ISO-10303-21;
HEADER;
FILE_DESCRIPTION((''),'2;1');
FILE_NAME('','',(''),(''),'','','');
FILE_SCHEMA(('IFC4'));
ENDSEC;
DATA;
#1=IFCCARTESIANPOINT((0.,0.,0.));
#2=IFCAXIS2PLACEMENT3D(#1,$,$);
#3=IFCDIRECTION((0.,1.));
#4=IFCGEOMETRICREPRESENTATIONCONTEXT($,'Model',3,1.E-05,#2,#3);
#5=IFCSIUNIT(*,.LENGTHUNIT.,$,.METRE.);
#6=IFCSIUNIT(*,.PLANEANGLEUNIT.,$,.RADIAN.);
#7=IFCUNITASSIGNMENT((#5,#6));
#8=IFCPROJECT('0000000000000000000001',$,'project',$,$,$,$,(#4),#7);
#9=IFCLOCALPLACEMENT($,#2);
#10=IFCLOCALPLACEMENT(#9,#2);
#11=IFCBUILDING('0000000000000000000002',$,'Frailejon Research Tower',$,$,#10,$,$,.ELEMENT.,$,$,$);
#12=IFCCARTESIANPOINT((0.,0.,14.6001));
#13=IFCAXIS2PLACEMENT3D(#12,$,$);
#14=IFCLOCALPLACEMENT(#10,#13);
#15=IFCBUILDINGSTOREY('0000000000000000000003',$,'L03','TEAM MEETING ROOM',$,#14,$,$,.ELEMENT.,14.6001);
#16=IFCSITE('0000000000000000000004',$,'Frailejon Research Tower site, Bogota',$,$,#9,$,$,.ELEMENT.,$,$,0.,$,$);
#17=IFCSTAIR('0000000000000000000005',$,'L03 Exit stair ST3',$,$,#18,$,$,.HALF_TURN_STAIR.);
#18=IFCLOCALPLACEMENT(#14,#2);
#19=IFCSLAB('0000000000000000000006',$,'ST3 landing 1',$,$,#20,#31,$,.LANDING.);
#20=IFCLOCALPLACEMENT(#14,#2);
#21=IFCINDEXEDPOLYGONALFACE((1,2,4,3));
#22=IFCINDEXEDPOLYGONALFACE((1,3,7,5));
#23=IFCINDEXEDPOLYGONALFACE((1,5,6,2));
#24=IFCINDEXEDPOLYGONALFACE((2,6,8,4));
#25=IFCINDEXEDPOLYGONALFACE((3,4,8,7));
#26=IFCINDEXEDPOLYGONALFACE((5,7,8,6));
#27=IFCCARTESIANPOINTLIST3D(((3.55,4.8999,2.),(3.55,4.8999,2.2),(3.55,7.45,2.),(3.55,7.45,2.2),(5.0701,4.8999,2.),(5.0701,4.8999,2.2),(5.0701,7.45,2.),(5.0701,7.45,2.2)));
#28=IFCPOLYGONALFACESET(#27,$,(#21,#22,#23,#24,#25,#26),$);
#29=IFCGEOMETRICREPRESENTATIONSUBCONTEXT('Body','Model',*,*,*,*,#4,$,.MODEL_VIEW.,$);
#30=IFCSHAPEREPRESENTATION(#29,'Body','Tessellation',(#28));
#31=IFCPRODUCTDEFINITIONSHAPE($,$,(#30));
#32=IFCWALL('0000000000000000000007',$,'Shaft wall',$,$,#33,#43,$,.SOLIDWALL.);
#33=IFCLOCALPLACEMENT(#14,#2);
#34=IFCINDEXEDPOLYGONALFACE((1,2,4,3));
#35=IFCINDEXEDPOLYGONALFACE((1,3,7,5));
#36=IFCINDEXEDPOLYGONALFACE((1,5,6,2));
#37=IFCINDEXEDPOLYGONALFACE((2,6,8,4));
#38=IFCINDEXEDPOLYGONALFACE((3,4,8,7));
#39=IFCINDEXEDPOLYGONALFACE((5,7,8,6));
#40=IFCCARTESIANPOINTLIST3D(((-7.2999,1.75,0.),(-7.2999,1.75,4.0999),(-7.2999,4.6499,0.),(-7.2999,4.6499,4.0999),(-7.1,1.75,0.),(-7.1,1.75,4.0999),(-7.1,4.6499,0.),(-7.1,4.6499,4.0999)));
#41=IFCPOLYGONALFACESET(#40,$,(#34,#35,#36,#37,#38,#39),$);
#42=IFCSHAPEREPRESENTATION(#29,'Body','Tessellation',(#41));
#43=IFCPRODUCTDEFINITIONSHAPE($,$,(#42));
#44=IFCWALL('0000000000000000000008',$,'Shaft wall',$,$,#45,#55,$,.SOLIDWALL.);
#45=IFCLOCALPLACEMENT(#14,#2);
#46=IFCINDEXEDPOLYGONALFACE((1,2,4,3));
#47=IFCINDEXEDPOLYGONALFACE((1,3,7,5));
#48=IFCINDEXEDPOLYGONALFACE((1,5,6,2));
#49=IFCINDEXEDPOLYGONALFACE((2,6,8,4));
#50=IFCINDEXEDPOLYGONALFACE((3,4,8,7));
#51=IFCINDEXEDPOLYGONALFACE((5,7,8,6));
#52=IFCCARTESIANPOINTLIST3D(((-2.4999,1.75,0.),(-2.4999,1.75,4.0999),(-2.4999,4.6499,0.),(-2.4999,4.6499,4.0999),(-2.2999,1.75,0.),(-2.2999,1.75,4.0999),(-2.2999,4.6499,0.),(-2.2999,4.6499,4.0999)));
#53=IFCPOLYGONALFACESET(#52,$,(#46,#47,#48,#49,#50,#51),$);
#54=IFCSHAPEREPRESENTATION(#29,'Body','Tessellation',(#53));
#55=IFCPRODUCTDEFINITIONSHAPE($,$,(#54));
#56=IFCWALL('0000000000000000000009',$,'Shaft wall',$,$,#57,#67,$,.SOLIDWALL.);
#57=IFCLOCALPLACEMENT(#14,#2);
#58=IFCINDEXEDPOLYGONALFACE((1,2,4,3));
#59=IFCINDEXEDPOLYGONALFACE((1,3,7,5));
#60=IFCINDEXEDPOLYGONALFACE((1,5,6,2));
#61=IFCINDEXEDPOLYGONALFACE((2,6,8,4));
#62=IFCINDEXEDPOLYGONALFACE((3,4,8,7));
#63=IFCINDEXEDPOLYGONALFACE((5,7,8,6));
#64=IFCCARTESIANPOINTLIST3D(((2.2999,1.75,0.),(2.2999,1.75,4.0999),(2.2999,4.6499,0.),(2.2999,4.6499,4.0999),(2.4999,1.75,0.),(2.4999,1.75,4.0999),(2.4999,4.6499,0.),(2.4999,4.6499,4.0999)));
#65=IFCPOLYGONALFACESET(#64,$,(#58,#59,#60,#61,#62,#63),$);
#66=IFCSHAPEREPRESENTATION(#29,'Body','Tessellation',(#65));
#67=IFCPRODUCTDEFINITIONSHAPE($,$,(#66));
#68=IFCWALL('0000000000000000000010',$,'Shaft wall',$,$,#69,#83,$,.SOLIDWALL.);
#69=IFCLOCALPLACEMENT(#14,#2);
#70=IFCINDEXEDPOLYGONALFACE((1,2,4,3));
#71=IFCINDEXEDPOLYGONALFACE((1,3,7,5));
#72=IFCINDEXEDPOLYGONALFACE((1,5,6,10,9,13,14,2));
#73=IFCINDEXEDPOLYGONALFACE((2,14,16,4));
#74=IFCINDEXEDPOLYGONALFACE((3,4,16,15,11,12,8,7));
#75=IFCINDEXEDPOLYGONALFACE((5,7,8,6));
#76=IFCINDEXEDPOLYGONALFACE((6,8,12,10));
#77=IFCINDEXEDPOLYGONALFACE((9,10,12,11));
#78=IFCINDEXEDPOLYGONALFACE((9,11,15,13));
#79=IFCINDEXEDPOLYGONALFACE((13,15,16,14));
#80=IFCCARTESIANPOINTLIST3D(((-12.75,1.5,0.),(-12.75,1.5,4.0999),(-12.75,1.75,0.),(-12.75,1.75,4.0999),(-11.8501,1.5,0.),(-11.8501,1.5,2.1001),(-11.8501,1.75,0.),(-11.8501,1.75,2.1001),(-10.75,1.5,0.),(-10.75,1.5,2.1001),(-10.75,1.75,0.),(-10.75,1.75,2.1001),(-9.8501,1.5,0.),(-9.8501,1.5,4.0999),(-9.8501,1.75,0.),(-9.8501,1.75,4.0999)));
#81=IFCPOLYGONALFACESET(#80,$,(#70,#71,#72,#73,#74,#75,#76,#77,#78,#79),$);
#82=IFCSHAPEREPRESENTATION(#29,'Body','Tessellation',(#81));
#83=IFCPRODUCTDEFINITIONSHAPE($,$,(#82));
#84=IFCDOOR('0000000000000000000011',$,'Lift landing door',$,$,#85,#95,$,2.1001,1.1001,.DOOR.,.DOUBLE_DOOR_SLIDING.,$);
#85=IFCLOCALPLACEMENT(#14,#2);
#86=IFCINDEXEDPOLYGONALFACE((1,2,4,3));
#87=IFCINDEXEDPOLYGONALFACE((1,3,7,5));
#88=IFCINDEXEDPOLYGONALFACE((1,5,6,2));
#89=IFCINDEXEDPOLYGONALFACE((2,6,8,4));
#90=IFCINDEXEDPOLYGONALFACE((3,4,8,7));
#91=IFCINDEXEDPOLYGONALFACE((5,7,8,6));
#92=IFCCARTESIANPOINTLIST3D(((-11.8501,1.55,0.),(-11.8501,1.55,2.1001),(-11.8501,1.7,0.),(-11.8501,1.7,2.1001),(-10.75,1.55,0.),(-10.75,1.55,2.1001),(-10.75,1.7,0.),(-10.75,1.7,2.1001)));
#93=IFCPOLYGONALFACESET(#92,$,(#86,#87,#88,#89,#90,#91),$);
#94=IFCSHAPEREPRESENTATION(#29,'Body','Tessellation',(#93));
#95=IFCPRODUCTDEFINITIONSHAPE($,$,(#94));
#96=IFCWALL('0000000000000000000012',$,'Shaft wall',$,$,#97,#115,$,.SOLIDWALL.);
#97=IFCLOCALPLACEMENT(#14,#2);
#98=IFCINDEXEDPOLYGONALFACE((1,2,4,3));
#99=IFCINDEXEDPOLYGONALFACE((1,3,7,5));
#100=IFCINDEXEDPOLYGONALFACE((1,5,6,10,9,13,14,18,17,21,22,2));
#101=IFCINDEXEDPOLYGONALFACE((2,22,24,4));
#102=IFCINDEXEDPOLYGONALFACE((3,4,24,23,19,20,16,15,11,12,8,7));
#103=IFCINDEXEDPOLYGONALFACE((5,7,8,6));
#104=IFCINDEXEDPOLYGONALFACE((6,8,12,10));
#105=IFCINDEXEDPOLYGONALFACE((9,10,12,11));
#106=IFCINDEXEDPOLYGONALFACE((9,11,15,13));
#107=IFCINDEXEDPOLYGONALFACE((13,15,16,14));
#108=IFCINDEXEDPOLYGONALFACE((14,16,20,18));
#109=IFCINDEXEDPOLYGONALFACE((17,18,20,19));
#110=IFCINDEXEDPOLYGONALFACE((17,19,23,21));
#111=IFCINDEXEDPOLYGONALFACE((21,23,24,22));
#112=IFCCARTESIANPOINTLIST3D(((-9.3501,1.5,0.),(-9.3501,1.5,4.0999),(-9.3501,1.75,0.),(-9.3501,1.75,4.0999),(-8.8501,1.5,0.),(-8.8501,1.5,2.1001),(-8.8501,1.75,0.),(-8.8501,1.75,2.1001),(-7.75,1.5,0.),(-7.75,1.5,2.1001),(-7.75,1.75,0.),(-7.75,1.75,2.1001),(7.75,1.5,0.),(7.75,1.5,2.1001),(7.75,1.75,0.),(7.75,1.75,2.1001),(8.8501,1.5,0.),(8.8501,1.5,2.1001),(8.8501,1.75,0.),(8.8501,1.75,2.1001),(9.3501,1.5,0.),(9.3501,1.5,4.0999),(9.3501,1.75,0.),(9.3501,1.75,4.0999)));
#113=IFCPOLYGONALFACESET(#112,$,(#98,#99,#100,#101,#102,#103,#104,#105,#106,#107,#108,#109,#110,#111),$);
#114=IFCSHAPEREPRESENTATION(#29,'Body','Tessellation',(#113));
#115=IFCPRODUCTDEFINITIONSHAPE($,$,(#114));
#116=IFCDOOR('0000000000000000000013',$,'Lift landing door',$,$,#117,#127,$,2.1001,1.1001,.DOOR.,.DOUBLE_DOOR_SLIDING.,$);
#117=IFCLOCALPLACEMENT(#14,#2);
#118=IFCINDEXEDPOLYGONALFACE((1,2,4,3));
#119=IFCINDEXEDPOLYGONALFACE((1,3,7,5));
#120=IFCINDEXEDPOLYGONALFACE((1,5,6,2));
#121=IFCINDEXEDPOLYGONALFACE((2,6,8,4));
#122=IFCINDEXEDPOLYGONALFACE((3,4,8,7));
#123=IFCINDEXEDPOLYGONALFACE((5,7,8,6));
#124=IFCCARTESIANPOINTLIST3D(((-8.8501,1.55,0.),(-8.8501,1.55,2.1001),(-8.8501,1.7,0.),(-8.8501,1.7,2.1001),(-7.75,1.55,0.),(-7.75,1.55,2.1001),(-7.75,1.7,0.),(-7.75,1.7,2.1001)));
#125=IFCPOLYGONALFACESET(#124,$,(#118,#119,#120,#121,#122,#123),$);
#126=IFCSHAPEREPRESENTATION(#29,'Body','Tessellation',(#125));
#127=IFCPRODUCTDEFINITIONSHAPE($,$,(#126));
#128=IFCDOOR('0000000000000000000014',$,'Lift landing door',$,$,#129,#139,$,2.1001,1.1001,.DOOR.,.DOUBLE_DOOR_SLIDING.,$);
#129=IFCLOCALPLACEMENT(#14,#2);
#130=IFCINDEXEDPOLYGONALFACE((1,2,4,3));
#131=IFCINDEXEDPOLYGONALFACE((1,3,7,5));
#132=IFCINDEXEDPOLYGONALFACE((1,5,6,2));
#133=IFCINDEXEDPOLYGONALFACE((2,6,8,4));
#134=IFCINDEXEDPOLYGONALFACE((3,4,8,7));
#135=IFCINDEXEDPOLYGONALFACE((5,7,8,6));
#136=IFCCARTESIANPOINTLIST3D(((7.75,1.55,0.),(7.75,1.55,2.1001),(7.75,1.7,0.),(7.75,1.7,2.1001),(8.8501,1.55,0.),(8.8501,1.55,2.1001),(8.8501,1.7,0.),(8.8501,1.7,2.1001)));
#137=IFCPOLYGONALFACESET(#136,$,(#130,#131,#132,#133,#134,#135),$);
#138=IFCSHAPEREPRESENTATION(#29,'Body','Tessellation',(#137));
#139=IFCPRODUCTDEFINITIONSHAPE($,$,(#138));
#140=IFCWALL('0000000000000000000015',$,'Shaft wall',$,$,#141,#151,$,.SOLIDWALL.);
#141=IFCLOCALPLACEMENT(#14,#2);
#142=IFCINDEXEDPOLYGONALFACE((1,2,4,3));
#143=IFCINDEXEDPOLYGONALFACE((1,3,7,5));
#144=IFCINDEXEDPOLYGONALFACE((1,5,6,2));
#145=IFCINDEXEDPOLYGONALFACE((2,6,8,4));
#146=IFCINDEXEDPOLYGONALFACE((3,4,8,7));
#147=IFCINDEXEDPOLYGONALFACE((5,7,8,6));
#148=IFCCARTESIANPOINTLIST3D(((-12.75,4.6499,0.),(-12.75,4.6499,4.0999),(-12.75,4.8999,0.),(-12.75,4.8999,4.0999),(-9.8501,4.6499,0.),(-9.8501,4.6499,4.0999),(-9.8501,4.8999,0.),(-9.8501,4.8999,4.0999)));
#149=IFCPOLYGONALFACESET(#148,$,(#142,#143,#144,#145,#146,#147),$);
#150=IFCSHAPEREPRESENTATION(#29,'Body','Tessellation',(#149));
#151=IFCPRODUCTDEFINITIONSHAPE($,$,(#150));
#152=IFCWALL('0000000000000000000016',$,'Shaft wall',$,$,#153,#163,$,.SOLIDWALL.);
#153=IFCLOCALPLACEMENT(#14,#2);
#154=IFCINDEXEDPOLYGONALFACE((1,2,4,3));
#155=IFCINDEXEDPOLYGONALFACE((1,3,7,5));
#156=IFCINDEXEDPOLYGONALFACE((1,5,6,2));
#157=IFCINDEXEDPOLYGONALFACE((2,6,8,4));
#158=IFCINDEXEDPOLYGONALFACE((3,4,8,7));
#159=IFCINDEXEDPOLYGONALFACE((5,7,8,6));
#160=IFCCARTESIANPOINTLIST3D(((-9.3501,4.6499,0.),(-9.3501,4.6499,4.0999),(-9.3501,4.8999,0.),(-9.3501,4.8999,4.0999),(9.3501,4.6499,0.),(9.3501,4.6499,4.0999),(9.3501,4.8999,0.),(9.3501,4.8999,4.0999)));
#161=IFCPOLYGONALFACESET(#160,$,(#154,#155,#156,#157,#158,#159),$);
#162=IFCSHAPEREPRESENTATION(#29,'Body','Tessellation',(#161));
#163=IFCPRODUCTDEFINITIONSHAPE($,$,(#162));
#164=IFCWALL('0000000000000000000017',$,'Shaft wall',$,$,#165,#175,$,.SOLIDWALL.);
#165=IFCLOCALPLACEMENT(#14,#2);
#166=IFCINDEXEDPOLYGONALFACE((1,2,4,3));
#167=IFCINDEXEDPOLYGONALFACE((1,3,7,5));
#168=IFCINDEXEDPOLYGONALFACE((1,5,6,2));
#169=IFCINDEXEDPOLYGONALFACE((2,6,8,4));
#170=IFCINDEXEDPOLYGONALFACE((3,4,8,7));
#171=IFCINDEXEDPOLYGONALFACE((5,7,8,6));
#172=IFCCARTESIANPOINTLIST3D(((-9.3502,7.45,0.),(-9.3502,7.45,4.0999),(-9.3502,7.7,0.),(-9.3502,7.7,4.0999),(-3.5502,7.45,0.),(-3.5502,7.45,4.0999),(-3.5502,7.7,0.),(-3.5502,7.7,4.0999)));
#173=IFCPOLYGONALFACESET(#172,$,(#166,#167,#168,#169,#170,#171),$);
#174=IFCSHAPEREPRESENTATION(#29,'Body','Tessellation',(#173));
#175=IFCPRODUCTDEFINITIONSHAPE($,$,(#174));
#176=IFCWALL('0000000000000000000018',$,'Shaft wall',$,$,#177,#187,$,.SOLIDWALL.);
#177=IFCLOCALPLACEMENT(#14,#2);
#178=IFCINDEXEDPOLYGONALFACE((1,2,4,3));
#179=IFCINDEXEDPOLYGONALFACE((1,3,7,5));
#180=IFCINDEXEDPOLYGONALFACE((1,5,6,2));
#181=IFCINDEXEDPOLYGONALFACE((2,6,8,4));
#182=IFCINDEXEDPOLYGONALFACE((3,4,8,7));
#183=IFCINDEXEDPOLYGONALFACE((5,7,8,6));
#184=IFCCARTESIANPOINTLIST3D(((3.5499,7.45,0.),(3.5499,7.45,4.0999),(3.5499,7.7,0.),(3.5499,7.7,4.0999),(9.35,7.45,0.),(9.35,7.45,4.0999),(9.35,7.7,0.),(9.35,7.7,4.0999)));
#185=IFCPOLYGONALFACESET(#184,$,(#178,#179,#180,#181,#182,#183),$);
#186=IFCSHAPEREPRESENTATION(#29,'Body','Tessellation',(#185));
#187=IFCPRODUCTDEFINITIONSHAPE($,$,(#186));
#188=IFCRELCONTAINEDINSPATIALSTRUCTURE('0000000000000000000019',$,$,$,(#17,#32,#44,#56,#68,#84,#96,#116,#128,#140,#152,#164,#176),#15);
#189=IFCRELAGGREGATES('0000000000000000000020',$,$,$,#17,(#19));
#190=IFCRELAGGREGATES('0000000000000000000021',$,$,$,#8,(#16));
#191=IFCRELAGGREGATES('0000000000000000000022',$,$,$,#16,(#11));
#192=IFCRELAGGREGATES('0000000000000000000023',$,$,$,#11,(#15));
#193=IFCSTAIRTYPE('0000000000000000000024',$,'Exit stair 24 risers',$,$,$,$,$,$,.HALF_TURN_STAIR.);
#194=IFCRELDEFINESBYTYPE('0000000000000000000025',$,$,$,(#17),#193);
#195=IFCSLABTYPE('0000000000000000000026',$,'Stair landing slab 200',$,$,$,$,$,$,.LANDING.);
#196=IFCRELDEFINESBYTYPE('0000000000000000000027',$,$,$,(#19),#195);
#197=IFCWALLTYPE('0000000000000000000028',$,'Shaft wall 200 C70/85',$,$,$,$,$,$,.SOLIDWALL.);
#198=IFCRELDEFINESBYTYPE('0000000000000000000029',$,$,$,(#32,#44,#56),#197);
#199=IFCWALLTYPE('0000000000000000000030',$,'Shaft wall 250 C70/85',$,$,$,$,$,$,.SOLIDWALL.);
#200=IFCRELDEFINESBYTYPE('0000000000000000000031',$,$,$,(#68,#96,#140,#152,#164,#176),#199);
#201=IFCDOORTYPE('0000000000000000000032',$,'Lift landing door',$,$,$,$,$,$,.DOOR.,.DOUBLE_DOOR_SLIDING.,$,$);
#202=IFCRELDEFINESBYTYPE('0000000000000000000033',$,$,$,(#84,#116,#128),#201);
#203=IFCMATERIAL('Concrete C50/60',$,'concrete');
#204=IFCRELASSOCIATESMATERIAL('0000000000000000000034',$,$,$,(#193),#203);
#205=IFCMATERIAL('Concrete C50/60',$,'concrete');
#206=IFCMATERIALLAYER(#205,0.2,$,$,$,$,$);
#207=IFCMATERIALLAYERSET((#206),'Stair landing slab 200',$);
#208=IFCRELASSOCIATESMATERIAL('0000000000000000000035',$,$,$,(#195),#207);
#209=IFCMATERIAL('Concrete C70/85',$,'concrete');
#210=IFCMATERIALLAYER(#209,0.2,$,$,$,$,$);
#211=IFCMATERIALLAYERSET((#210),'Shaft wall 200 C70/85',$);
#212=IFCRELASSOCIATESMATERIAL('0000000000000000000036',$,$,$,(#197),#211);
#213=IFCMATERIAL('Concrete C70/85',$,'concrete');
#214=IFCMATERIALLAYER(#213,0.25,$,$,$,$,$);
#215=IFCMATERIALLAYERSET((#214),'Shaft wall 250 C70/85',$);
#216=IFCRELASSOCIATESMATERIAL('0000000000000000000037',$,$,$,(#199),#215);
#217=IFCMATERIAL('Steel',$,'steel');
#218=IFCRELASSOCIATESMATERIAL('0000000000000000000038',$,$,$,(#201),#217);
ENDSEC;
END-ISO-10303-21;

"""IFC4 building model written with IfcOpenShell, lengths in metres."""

from ifc_helpers import new_model, si_unit, direction, frame, frame_2d, origin, place, context, subcontext, project, spatial, polyline, rectangle, outline, extrude, material, layer, layer_set, type_object, element, fill, aggregate, save


model = new_model("IFC4")

# Units and contexts
model_context = context("Model", 3, precision=1e-05, world=origin(), true_north=direction((0.0, 1.0)))
body_context = subcontext(model_context, "Body", "Model", "MODEL_VIEW")
ifc_project = project(units=[si_unit("LENGTHUNIT", "METRE"), si_unit("PLANEANGLEUNIT", "RADIAN")], contexts=[model_context])

# Site, building, storey
site_placement = place(None, origin())
site = spatial("IfcSite", under=ifc_project, at=site_placement, Name="Frailejon Research Tower site, Bogota", CompositionType="ELEMENT", RefElevation=0.0)
building_placement = place(site_placement, origin())
building = spatial("IfcBuilding", under=site, at=building_placement, Name="Frailejon Research Tower", CompositionType="ELEMENT")
storey_placement = place(building_placement, frame((0.0, 0.0, 14.6001)))
storey = spatial("IfcBuildingStorey", under=building, at=storey_placement, Name="L03", Description="TEAM MEETING ROOM", CompositionType="ELEMENT", Elevation=14.6001)

# Stair, slab
ifc_material_1 = material(Name="Concrete C50/60", Category="concrete")
stair_type = type_object("IfcStairType", Name="Exit stair 24 risers", PredefinedType="HALF_TURN_STAIR", material=ifc_material_1)
ifc_material_2 = material(Name="Concrete C50/60", Category="concrete")
ifc_layer_1 = layer(ifc_material_2, 0.2)
ifc_layer_set_1 = layer_set([ifc_layer_1], Name="Stair landing slab 200")
slab_type_1 = type_object("IfcSlabType", Name="Stair landing slab 200", PredefinedType="LANDING", material=ifc_layer_set_1)
stair_1_placement = place(storey_placement, origin())
stair_1 = element("IfcStair", 1, at=stair_1_placement, inside=storey, type_object=stair_type, Name="L03 Exit stair ST3", PredefinedType="HALF_TURN_STAIR")
slab_1_placement = place(storey_placement, frame((0.0, 0.0, 2.0)))
slab_1 = element("IfcSlab", 2, at=slab_1_placement, type_object=slab_type_1, Name="ST3 landing 1", PredefinedType="LANDING", context=body_context, shape_type="SweptSolid", body=[
    extrude(outline(polyline([(5.0701, 7.45), (3.55, 7.45), (3.55, 4.8999), (5.0701, 4.8999), (5.0701, 7.45)])), origin(), (0.0, 0.0, 1.0), 0.2),
])
aggregate(stair_1, [slab_1])

# Walls
ifc_material_3 = material(Name="Concrete C70/85", Category="concrete")
ifc_layer_2 = layer(ifc_material_3, 0.2)
ifc_layer_set_2 = layer_set([ifc_layer_2], Name="Shaft wall 200 C70/85")
wall_type_1 = type_object("IfcWallType", Name="Shaft wall 200 C70/85", PredefinedType="SOLIDWALL", material=ifc_layer_set_2)
for number, where, z_axis, x_axis, name in (
    (3, (-7.2, 1.75, 0.0), (0.0, 0.0, 1.0), (0.0, 1.0, 0.0), "Shaft wall"),
    (4, (-2.3999, 1.75, 0.0), (0.0, 0.0, 1.0), (0.0, 1.0, 0.0), "Shaft wall"),
    (5, (2.3999, 1.75, 0.0), (0.0, 0.0, 1.0), (0.0, 1.0, 0.0), "Shaft wall"),
):
    element("IfcWall", number, at=place(storey_placement, frame(where, z_axis=z_axis, x_axis=x_axis)), inside=storey, type_object=wall_type_1, Name=name, PredefinedType="SOLIDWALL", context=body_context, shape_type="SweptSolid", body=[
        extrude(rectangle(XDim=2.8999, YDim=0.2, at=frame_2d((1.45, 0.0))), origin(), (0.0, 0.0, 1.0), 4.0999),
    ])

# Wall, opening, door
ifc_material_4 = material(Name="Concrete C70/85", Category="concrete")
ifc_layer_3 = layer(ifc_material_4, 0.25)
ifc_layer_set_3 = layer_set([ifc_layer_3], Name="Shaft wall 250 C70/85")
wall_type_2 = type_object("IfcWallType", Name="Shaft wall 250 C70/85", PredefinedType="SOLIDWALL", material=ifc_layer_set_3)
wall_1_placement = place(storey_placement, frame((-12.75, 1.625, 0.0), z_axis=(0.0, 0.0, 1.0), x_axis=(1.0, 0.0, 0.0)))
wall_1 = element("IfcWall", 6, at=wall_1_placement, inside=storey, type_object=wall_type_2, Name="Shaft wall", PredefinedType="SOLIDWALL", context=body_context, shape_type="SweptSolid", body=[
    extrude(rectangle(XDim=2.8999, YDim=0.25, at=frame_2d((1.45, 0.0))), origin(), (0.0, 0.0, 1.0), 4.0999),
])
opening_1_placement = place(wall_1_placement, frame((0.8999, 0.0, 0.0)))
opening_1 = element("IfcOpeningElement", 7, at=opening_1_placement, cuts=wall_1, PredefinedType="OPENING", context=body_context, shape_type="SweptSolid", body=[
    extrude(rectangle(XDim=1.1001, YDim=2.1001, at=frame_2d((0.55, 1.05))), frame((0.0, 0.135, 0.0), z_axis=(0.0, -1.0, 0.0), x_axis=(1.0, 0.0, 0.0)), (0.0, 0.0, 1.0), 0.27),
])
ifc_material_5 = material(Name="Steel", Category="steel")
door_type_1 = type_object("IfcDoorType", Name="Lift landing door", OperationType="DOUBLE_DOOR_SLIDING", PredefinedType="DOOR", material=ifc_material_5)
door_1_placement = place(opening_1_placement, origin())
door_1 = element("IfcDoor", 8, at=door_1_placement, inside=storey, type_object=door_type_1, Name="Lift landing door", OperationType="DOUBLE_DOOR_SLIDING", OverallHeight=2.1001, OverallWidth=1.1001, PredefinedType="DOOR", context=body_context, shape_type="SweptSolid", body=[
    extrude(rectangle(XDim=1.1001, YDim=2.1001, at=frame_2d((0.55, 1.05))), frame((0.0, 0.075, 0.0), z_axis=(0.0, -1.0, 0.0), x_axis=(1.0, 0.0, 0.0)), (0.0, 0.0, 1.0), 0.1499),
])
fill(opening_1, door_1)

# Wall, openings, doors
wall_2_placement = place(storey_placement, frame((-9.3501, 1.625, 0.0), z_axis=(0.0, 0.0, 1.0), x_axis=(1.0, 0.0, 0.0)))
wall_2 = element("IfcWall", 9, at=wall_2_placement, inside=storey, type_object=wall_type_2, Name="Shaft wall", PredefinedType="SOLIDWALL", context=body_context, shape_type="SweptSolid", body=[
    extrude(rectangle(XDim=18.7002, YDim=0.25, at=frame_2d((9.3501, 0.0))), origin(), (0.0, 0.0, 1.0), 4.0999),
])
opening_2_placement = place(wall_2_placement, frame((0.5, 0.0, 0.0)))
opening_2 = element("IfcOpeningElement", 10, at=opening_2_placement, cuts=wall_2, PredefinedType="OPENING", context=body_context, shape_type="SweptSolid", body=[
    extrude(rectangle(XDim=1.1001, YDim=2.1001, at=frame_2d((0.55, 1.05))), frame((0.0, 0.135, 0.0), z_axis=(0.0, -1.0, 0.0), x_axis=(1.0, 0.0, 0.0)), (0.0, 0.0, 1.0), 0.27),
])
opening_3_placement = place(wall_2_placement, frame((17.1001, 0.0, 0.0)))
opening_3 = element("IfcOpeningElement", 11, at=opening_3_placement, cuts=wall_2, PredefinedType="OPENING", context=body_context, shape_type="SweptSolid", body=[
    extrude(rectangle(XDim=1.1001, YDim=2.1001, at=frame_2d((0.55, 1.05))), frame((0.0, 0.135, 0.0), z_axis=(0.0, -1.0, 0.0), x_axis=(1.0, 0.0, 0.0)), (0.0, 0.0, 1.0), 0.27),
])
door_2_placement = place(opening_2_placement, origin())
door_2 = element("IfcDoor", 12, at=door_2_placement, inside=storey, type_object=door_type_1, Name="Lift landing door", OperationType="DOUBLE_DOOR_SLIDING", OverallHeight=2.1001, OverallWidth=1.1001, PredefinedType="DOOR", context=body_context, shape_type="SweptSolid", body=[
    extrude(rectangle(XDim=1.1001, YDim=2.1001, at=frame_2d((0.55, 1.05))), frame((0.0, 0.075, 0.0), z_axis=(0.0, -1.0, 0.0), x_axis=(1.0, 0.0, 0.0)), (0.0, 0.0, 1.0), 0.1499),
])
fill(opening_2, door_2)
door_3_placement = place(opening_3_placement, origin())
door_3 = element("IfcDoor", 13, at=door_3_placement, inside=storey, type_object=door_type_1, Name="Lift landing door", OperationType="DOUBLE_DOOR_SLIDING", OverallHeight=2.1001, OverallWidth=1.1001, PredefinedType="DOOR", context=body_context, shape_type="SweptSolid", body=[
    extrude(rectangle(XDim=1.1001, YDim=2.1001, at=frame_2d((0.55, 1.05))), frame((0.0, 0.075, 0.0), z_axis=(0.0, -1.0, 0.0), x_axis=(1.0, 0.0, 0.0)), (0.0, 0.0, 1.0), 0.1499),
])
fill(opening_3, door_3)

# Walls
wall_3_placement = place(storey_placement, frame((-12.75, 4.7749, 0.0), z_axis=(0.0, 0.0, 1.0), x_axis=(1.0, 0.0, 0.0)))
element("IfcWall", 14, at=wall_3_placement, inside=storey, type_object=wall_type_2, Name="Shaft wall", PredefinedType="SOLIDWALL", context=body_context, shape_type="SweptSolid", body=[
    extrude(rectangle(XDim=2.8999, YDim=0.25, at=frame_2d((1.45, 0.0))), origin(), (0.0, 0.0, 1.0), 4.0999),
])
wall_4_placement = place(storey_placement, frame((-9.3501, 4.7749, 0.0), z_axis=(0.0, 0.0, 1.0), x_axis=(1.0, 0.0, 0.0)))
element("IfcWall", 15, at=wall_4_placement, inside=storey, type_object=wall_type_2, Name="Shaft wall", PredefinedType="SOLIDWALL", context=body_context, shape_type="SweptSolid", body=[
    extrude(rectangle(XDim=18.7002, YDim=0.25, at=frame_2d((9.3501, 0.0))), origin(), (0.0, 0.0, 1.0), 4.0999),
])
for number, where, z_axis, x_axis, name in (
    (16, (-9.3501, 7.575, 0.0), (0.0, 0.0, 1.0), (1.0, 0.0, 0.0), "Shaft wall"),
    (17, (3.55, 7.575, 0.0), (0.0, 0.0, 1.0), (1.0, 0.0, 0.0), "Shaft wall"),
):
    element("IfcWall", number, at=place(storey_placement, frame(where, z_axis=z_axis, x_axis=x_axis)), inside=storey, type_object=wall_type_2, Name=name, PredefinedType="SOLIDWALL", context=body_context, shape_type="SweptSolid", body=[
        extrude(rectangle(XDim=5.8, YDim=0.25, at=frame_2d((2.8999, 0.0))), origin(), (0.0, 0.0, 1.0), 4.0999),
    ])

save(model, "model.ifc")
